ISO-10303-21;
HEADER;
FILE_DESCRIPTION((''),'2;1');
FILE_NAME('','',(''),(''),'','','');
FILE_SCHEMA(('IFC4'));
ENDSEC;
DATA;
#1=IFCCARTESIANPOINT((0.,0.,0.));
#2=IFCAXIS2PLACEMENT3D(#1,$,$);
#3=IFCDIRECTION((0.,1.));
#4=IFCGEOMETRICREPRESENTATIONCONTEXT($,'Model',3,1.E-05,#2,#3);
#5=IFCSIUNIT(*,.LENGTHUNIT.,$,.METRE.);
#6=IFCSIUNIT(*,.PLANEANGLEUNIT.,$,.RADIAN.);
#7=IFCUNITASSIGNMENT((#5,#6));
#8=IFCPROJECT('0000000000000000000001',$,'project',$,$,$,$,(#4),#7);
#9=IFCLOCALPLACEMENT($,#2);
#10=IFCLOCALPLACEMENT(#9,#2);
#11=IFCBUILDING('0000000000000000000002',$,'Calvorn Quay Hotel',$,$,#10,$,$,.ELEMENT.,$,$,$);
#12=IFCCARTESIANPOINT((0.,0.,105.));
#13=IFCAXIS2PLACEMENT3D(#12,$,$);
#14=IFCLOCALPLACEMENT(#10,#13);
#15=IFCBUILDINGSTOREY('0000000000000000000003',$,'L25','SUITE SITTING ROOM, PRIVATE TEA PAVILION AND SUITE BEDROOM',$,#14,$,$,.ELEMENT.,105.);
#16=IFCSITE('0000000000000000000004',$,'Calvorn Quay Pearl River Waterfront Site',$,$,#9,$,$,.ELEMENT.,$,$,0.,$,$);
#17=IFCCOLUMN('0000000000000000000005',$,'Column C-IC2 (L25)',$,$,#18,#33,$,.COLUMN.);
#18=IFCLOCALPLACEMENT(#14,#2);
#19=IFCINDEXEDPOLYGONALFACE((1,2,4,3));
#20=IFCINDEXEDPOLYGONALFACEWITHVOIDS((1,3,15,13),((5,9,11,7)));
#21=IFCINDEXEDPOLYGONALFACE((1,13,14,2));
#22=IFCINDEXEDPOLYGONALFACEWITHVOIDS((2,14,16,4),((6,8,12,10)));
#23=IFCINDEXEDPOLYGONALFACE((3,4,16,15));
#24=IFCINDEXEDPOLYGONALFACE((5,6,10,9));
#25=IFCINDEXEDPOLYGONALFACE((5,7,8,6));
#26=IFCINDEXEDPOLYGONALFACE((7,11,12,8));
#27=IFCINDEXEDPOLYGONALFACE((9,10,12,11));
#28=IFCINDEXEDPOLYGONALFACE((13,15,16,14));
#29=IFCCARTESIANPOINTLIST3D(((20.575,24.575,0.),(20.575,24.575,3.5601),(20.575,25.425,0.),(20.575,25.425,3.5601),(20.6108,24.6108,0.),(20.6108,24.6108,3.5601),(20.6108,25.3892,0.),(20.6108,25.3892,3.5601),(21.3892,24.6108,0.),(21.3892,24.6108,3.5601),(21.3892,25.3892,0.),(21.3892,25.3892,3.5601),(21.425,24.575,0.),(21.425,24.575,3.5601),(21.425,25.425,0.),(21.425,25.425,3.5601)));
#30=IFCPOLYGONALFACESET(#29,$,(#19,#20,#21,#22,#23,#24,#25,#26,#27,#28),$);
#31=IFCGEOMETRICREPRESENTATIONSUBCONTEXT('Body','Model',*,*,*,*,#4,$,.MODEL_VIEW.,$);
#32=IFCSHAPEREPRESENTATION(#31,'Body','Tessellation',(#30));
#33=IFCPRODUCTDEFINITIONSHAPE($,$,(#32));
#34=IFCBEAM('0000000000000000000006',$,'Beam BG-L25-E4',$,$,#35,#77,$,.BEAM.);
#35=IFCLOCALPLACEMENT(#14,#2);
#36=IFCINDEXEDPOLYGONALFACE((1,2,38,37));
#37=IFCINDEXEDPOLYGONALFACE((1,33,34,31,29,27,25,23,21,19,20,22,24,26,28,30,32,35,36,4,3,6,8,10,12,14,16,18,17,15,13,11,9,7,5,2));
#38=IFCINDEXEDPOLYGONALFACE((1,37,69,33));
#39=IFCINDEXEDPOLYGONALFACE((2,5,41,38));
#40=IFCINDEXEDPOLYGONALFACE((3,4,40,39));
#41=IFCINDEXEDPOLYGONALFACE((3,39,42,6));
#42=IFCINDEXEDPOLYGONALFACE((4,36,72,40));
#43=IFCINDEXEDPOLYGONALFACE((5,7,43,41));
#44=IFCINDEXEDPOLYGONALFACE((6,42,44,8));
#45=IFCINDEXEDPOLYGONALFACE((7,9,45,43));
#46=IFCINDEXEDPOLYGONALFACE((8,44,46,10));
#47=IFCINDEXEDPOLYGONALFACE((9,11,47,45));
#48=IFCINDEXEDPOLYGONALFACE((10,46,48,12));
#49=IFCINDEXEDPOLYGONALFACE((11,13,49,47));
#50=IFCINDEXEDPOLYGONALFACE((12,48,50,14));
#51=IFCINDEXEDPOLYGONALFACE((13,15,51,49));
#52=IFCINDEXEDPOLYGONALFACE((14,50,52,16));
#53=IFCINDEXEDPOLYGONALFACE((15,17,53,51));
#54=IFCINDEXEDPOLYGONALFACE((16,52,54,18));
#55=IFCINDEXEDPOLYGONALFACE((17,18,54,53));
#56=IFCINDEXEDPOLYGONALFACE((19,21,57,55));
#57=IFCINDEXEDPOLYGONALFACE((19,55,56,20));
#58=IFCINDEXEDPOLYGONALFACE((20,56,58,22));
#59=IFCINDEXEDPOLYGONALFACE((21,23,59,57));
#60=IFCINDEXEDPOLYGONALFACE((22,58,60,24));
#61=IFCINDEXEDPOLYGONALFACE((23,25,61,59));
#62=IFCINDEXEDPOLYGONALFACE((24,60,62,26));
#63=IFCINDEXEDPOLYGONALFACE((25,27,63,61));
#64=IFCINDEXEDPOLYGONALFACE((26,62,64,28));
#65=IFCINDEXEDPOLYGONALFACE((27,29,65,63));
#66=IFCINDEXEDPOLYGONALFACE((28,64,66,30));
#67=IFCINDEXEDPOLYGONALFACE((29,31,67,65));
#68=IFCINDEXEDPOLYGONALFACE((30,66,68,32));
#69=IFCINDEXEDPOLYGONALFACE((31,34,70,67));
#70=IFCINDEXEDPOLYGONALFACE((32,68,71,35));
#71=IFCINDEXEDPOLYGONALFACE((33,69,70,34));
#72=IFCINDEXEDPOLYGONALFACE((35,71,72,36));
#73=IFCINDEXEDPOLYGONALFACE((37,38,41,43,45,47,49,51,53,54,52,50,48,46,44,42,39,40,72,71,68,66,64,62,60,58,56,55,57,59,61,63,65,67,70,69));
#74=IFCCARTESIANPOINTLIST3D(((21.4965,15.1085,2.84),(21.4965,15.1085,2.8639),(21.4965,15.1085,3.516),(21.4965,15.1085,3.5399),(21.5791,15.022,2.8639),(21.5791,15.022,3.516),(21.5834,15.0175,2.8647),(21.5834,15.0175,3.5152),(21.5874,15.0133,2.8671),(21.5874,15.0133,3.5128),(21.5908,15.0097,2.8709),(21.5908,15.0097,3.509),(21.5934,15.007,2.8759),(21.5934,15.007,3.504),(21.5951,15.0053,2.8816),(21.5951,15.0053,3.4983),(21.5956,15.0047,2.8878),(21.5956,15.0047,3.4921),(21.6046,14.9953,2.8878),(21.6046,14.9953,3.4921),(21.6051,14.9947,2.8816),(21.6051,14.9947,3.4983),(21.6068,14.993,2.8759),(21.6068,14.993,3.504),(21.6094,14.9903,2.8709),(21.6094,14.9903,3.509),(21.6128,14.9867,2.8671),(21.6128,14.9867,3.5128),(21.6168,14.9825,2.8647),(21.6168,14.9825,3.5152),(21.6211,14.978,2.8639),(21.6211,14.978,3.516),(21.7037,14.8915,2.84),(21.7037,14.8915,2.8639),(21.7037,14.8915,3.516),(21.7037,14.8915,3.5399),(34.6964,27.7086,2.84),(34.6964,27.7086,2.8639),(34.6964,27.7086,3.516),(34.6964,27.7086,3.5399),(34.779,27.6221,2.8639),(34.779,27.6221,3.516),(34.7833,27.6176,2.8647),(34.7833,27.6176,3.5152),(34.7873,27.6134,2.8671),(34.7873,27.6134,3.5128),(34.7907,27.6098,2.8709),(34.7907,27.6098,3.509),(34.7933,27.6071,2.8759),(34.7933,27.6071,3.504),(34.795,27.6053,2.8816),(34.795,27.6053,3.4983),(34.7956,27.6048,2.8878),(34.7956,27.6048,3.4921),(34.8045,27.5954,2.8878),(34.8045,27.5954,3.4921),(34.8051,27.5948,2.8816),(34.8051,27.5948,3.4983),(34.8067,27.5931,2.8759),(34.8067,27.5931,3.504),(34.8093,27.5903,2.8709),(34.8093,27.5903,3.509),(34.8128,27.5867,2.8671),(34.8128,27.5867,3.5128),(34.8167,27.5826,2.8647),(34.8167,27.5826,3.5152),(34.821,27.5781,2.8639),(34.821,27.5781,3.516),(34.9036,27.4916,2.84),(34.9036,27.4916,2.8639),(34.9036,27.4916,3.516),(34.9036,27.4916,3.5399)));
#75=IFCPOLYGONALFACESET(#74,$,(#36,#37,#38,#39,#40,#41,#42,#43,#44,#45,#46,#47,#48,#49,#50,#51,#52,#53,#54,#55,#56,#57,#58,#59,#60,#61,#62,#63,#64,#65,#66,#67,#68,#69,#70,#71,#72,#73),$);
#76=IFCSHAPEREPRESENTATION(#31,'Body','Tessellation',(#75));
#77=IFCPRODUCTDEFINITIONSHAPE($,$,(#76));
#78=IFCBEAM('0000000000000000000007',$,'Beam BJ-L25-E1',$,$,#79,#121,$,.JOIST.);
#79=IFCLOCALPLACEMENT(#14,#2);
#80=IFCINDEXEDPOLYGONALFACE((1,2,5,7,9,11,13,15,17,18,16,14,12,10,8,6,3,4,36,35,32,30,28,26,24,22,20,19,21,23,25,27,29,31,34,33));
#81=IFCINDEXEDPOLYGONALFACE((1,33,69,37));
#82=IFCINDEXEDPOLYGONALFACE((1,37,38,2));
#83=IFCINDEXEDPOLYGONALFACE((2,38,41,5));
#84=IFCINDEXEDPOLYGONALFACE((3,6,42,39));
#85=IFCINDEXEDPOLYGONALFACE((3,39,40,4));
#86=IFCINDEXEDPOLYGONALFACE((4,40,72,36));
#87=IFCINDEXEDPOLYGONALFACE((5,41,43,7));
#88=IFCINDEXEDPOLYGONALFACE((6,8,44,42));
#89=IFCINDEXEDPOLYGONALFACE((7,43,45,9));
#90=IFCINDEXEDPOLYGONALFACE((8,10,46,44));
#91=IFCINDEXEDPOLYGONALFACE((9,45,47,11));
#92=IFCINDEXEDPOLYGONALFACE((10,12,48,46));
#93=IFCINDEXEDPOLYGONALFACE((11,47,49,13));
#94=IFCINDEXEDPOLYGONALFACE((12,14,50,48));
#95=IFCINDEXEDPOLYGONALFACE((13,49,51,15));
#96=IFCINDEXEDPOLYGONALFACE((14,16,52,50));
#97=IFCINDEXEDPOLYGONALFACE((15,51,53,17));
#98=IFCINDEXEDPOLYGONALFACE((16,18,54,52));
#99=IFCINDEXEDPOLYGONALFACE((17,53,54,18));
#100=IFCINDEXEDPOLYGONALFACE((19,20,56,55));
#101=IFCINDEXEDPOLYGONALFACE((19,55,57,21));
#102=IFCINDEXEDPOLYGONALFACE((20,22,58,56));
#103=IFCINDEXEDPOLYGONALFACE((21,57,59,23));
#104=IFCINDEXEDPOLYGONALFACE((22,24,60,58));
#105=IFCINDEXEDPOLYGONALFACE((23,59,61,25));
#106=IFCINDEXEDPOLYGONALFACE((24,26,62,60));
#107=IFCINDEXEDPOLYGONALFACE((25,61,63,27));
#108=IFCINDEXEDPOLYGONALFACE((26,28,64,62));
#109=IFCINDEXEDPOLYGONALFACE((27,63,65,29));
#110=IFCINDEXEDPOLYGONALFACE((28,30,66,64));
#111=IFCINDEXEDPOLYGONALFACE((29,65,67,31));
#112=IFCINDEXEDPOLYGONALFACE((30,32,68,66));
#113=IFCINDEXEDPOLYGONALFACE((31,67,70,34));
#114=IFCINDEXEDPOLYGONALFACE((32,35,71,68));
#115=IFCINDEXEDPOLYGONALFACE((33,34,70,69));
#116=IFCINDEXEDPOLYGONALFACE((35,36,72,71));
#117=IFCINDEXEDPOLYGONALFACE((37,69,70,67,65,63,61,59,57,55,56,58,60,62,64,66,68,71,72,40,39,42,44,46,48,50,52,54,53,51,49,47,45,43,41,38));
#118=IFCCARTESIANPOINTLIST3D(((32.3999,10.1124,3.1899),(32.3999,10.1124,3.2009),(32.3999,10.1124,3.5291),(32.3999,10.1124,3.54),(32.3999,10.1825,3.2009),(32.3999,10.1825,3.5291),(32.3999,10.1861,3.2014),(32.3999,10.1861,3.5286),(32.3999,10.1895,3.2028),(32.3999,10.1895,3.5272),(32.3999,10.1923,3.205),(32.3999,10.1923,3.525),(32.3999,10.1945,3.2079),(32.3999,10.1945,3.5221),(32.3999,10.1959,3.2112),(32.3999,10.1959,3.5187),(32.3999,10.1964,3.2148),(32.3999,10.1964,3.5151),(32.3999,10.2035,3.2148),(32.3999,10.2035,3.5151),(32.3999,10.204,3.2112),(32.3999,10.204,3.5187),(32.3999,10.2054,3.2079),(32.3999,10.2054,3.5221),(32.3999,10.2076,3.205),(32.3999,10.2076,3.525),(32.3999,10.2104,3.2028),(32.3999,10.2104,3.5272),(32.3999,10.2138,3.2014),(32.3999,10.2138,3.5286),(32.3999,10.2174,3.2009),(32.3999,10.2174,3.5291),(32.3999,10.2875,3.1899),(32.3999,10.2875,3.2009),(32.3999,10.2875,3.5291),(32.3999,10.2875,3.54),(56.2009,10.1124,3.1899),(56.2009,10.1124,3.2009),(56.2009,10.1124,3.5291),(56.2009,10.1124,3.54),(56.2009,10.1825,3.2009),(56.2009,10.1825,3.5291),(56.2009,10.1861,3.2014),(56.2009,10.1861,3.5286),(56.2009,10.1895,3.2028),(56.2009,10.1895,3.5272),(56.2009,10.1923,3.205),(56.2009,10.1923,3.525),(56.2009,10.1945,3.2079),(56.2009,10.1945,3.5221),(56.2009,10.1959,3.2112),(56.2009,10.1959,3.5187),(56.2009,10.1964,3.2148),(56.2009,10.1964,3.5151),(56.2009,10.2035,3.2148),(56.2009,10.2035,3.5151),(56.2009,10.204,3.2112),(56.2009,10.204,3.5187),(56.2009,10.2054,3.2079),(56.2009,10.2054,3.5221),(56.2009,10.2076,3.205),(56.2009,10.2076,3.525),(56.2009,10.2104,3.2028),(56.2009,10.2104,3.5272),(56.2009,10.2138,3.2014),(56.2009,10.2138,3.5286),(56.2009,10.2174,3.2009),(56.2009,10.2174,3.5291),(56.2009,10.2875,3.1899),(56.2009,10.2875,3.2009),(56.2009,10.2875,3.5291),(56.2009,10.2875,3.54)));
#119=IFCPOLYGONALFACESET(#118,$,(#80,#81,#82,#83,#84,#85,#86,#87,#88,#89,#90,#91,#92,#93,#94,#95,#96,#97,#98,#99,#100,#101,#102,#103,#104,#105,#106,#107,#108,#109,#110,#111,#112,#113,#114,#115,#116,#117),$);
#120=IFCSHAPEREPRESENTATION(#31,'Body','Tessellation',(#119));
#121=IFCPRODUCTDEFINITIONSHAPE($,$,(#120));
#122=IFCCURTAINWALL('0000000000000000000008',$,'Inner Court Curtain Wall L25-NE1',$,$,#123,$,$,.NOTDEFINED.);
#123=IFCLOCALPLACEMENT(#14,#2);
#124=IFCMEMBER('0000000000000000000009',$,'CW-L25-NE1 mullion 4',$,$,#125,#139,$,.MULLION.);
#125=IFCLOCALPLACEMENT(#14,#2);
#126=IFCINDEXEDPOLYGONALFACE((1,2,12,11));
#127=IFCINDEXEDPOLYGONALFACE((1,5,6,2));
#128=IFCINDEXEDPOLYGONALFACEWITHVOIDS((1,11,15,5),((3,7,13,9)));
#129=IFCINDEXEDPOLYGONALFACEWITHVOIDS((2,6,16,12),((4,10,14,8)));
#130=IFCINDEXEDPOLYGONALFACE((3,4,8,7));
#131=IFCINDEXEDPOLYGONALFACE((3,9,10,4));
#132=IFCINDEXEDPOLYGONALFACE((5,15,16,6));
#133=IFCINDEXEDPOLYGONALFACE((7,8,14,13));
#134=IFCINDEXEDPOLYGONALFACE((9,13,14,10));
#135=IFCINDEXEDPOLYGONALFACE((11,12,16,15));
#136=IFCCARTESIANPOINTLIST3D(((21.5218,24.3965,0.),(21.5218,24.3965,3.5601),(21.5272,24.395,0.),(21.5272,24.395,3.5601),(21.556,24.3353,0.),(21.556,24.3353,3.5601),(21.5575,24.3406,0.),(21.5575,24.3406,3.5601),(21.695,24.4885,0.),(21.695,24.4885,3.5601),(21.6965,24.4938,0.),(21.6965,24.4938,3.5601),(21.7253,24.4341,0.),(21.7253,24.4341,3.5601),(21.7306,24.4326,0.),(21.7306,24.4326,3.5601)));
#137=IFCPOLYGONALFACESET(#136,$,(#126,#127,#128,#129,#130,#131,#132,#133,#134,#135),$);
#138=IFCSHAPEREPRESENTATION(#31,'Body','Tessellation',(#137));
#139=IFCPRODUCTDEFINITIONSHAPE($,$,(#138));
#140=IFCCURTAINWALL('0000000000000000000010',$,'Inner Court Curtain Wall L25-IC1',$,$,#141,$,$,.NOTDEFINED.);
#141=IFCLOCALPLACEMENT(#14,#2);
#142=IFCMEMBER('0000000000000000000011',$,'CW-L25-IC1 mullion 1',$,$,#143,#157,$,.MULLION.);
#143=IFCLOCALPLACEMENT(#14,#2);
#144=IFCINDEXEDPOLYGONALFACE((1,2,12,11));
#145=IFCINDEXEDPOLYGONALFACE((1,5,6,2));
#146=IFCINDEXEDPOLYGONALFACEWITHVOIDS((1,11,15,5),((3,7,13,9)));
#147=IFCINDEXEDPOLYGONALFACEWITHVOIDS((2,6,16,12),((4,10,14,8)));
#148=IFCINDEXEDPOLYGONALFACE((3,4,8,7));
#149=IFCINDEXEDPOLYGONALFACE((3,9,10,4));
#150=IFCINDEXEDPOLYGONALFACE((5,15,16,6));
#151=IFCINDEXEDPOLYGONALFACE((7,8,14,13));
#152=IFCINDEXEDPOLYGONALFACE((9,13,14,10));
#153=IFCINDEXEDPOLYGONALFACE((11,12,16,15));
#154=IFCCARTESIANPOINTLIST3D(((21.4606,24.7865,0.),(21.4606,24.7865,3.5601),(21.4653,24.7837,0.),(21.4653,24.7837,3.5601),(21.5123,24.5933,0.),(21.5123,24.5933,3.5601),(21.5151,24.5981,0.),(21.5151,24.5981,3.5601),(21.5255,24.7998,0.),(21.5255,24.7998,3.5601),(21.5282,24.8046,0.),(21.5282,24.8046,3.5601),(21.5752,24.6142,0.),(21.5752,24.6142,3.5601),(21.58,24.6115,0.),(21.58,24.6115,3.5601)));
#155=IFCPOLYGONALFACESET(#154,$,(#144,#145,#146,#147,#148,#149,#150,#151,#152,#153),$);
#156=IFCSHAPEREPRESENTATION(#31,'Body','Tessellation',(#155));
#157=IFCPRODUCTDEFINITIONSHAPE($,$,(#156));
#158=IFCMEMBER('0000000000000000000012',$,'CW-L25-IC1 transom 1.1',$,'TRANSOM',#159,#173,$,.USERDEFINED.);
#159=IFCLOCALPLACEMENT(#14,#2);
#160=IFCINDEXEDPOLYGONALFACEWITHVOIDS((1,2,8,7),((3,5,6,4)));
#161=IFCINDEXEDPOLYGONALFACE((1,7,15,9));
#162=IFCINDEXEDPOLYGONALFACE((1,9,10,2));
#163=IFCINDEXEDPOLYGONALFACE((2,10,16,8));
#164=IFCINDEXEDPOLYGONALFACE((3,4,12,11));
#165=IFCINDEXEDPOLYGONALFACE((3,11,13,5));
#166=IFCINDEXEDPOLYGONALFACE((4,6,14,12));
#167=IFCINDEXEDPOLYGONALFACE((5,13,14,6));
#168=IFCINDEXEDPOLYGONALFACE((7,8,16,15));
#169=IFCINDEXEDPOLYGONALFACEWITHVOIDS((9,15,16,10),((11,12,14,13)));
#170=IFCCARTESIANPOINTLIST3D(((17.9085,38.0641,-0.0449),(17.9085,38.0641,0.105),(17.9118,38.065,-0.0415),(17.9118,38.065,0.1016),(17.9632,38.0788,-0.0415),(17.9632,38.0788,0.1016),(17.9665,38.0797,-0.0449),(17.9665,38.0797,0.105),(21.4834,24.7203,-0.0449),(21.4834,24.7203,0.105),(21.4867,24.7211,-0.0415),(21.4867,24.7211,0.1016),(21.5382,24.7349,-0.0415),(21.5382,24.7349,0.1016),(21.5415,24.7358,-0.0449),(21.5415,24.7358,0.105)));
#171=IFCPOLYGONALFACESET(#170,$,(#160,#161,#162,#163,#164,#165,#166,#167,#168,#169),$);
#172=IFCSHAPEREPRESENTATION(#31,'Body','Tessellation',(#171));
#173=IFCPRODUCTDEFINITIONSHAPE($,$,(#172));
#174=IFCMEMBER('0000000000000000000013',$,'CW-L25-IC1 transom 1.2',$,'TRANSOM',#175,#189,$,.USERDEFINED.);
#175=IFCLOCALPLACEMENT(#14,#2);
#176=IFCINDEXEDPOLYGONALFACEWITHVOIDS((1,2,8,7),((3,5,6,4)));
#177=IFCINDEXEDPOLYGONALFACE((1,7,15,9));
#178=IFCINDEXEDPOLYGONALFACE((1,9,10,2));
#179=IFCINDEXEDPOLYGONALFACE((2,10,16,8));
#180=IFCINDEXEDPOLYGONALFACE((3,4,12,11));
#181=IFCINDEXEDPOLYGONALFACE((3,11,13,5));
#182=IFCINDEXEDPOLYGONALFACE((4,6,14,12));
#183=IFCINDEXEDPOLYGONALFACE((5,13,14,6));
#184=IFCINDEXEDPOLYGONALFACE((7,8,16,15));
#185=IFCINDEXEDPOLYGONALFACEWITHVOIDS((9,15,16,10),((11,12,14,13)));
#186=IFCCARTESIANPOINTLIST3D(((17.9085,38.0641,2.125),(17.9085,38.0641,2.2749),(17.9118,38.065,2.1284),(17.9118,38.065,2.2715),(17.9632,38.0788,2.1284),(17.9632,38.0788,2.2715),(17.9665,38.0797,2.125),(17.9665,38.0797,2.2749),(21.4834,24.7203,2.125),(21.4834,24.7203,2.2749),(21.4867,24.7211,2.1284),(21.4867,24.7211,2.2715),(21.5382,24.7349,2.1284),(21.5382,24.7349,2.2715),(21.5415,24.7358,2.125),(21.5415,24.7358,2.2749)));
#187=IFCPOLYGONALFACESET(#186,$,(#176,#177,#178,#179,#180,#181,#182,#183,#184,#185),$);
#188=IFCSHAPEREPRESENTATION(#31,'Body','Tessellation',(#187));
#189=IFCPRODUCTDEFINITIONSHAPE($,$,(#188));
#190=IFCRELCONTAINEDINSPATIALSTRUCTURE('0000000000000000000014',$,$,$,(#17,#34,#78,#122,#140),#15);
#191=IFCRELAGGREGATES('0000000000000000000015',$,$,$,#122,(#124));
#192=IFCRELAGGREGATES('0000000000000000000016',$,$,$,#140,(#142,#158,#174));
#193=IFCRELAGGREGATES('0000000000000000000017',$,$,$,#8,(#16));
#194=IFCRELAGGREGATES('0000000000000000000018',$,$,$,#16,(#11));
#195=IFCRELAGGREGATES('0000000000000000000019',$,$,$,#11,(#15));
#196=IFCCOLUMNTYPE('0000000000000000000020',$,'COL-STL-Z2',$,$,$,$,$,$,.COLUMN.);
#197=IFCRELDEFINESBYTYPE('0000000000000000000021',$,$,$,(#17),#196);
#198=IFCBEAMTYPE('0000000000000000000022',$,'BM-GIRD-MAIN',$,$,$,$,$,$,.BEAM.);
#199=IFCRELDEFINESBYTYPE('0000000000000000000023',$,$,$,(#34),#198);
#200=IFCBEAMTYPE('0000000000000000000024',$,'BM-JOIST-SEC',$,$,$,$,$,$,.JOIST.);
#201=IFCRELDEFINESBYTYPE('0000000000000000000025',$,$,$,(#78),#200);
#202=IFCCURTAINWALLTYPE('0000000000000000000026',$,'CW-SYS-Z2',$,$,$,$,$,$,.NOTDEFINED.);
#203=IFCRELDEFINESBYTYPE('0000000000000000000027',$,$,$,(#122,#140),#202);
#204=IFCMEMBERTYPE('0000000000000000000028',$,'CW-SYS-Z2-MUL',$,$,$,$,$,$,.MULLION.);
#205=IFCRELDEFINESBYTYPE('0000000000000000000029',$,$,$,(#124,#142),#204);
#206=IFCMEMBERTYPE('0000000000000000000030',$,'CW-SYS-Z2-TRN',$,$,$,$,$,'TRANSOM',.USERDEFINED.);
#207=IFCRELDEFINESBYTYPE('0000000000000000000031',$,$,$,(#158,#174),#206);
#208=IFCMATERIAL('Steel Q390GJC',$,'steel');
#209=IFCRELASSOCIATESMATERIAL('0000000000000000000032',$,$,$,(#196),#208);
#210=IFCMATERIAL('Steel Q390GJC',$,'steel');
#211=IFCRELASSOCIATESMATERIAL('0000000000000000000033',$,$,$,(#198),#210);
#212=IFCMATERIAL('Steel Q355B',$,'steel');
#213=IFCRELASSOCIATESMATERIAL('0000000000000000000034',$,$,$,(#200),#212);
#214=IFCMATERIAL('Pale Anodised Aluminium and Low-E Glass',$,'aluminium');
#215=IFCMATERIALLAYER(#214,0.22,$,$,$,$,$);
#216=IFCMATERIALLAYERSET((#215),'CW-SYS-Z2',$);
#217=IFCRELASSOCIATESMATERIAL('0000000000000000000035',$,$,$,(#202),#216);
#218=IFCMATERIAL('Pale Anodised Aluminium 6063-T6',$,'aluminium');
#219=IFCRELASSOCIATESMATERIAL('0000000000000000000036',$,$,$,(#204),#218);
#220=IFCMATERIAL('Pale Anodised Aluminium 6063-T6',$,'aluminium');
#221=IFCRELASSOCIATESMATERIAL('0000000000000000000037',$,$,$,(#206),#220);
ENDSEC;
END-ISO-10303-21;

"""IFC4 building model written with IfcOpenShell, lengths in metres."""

from ifc_helpers import new_model, si_unit, direction, frame, origin, origin_2d, place, context, subcontext, project, spatial, hollow_rectangle, i_section, extrude, material, layer, layer_set, material_profile, profile_set, type_object, element, aggregate, save


model = new_model("IFC4")

# Units and contexts
model_context = context("Model", 3, precision=1e-05, world=origin(), true_north=direction((0.0, 1.0)))
body_context = subcontext(model_context, "Body", "Model", "MODEL_VIEW")
ifc_project = project(units=[si_unit("LENGTHUNIT", "METRE"), si_unit("PLANEANGLEUNIT", "RADIAN")], contexts=[model_context])

# Site, building, storey
site_placement = place(None, origin())
site = spatial("IfcSite", under=ifc_project, at=site_placement, Name="Calvorn Quay Pearl River Waterfront Site", CompositionType="ELEMENT", RefElevation=0.0)
building_placement = place(site_placement, origin())
building = spatial("IfcBuilding", under=site, at=building_placement, Name="Calvorn Quay Hotel", CompositionType="ELEMENT")
storey_placement = place(building_placement, frame((0.0, 0.0, 105.0)))
storey = spatial("IfcBuildingStorey", under=building, at=storey_placement, Name="L25", Description="SUITE SITTING ROOM, PRIVATE TEA PAVILION AND SUITE BEDROOM", CompositionType="ELEMENT", Elevation=105.0)

# Column
ifc_material_1 = material(Name="Steel Q390GJC", Category="steel")
ifc_material_profile_1 = material_profile(ifc_material_1, hollow_rectangle(XDim=0.8501, YDim=0.8501, WallThickness=0.0359, at=origin_2d()), Name="BOX850x850x36")
ifc_profile_set_1 = profile_set([ifc_material_profile_1], Name="Steel Q390GJC")
column_type = type_object("IfcColumnType", Name="COL-STL-Z2", PredefinedType="COLUMN", material=ifc_profile_set_1)
column_placement = place(storey_placement, frame((21.0, 25.0, 0.0), z_axis=(0.0, 0.0, 1.0), x_axis=(1.0, 0.0, 0.0)))
element("IfcColumn", 1, at=column_placement, inside=storey, type_object=column_type, Name="Column C-IC2 (L25)", PredefinedType="COLUMN", context=body_context, shape_type="SweptSolid", body=[
    extrude(hollow_rectangle(XDim=0.8501, YDim=0.8501, WallThickness=0.0359, at=origin_2d()), origin(), (0.0, 0.0, 1.0), 3.5601),
])

# Beams
ifc_material_2 = material(Name="Steel Q390GJC", Category="steel")
ifc_material_profile_2 = material_profile(ifc_material_2, i_section(OverallWidth=0.3, OverallDepth=0.7, WebThickness=0.0129, FlangeThickness=0.0239, FilletRadius=0.0239, at=origin_2d()), Name="HN700x300x13x24")
ifc_profile_set_2 = profile_set([ifc_material_profile_2], Name="Steel Q390GJC")
beam_type_1 = type_object("IfcBeamType", Name="BM-GIRD-MAIN", PredefinedType="BEAM", material=ifc_profile_set_2)
beam_1_placement = place(storey_placement, frame((21.6001, 15.0, 3.1899), z_axis=(0.723352, 0.69048, 0.0), x_axis=(-0.69048, 0.723352, 0.0)))
element("IfcBeam", 2, at=beam_1_placement, inside=storey, type_object=beam_type_1, Name="Beam BG-L25-E4", PredefinedType="BEAM", context=body_context, shape_type="SweptSolid", body=[
    extrude(i_section(OverallWidth=0.3, OverallDepth=0.7, WebThickness=0.0129, FlangeThickness=0.0239, FilletRadius=0.0239, at=origin_2d()), origin(), (0.0, 0.0, 1.0), 18.2483),
])
ifc_material_3 = material(Name="Steel Q355B", Category="steel")
ifc_material_profile_3 = material_profile(ifc_material_3, i_section(OverallWidth=0.175, OverallDepth=0.3501, WebThickness=0.0071, FlangeThickness=0.011, FilletRadius=0.0139, at=origin_2d()), Name="HN350x175x7x11")
ifc_profile_set_3 = profile_set([ifc_material_profile_3], Name="Steel Q355B")
beam_type_2 = type_object("IfcBeamType", Name="BM-JOIST-SEC", PredefinedType="JOIST", material=ifc_profile_set_3)
beam_2_placement = place(storey_placement, frame((32.3999, 10.2, 3.365), z_axis=(1.0, 0.0, 0.0), x_axis=(0.0, 1.0, 0.0)))
element("IfcBeam", 3, at=beam_2_placement, inside=storey, type_object=beam_type_2, Name="Beam BJ-L25-E1", PredefinedType="JOIST", context=body_context, shape_type="SweptSolid", body=[
    extrude(i_section(OverallWidth=0.175, OverallDepth=0.3501, WebThickness=0.0071, FlangeThickness=0.011, FilletRadius=0.0139, at=origin_2d()), origin(), (0.0, 0.0, 1.0), 23.801),
])

# Curtain wall, member
ifc_material_4 = material(Name="Pale Anodised Aluminium and Low-E Glass", Category="aluminium")
ifc_layer_1 = layer(ifc_material_4, 0.22)
ifc_layer_set_1 = layer_set([ifc_layer_1], Name="CW-SYS-Z2")
curtain_wall_type = type_object("IfcCurtainWallType", Name="CW-SYS-Z2", PredefinedType="NOTDEFINED", material=ifc_layer_set_1)
curtain_wall_1_placement = place(storey_placement, origin())
curtain_wall_1 = element("IfcCurtainWall", 4, at=curtain_wall_1_placement, inside=storey, type_object=curtain_wall_type, Name="Inner Court Curtain Wall L25-NE1", PredefinedType="NOTDEFINED")
ifc_material_5 = material(Name="Pale Anodised Aluminium 6063-T6", Category="aluminium")
ifc_material_profile_4 = material_profile(ifc_material_5, hollow_rectangle(XDim=0.0701, YDim=0.2, WallThickness=0.0039, at=origin_2d()), Name="ALU-M200x70x4")
ifc_profile_set_4 = profile_set([ifc_material_profile_4], Name="Pale Anodised Aluminium 6063-T6")
member_type_1 = type_object("IfcMemberType", Name="CW-SYS-Z2-MUL", PredefinedType="MULLION", material=ifc_profile_set_4)
member_1_placement = place(storey_placement, frame((21.6262, 24.4146, 0.0), z_axis=(0.0, 0.0, 1.0), x_axis=(0.486858, -0.873481, 0.0)))
member_1 = element("IfcMember", 5, at=member_1_placement, type_object=member_type_1, Name="CW-L25-NE1 mullion 4", PredefinedType="MULLION", context=body_context, shape_type="SweptSolid", body=[
    extrude(hollow_rectangle(XDim=0.0701, YDim=0.2, WallThickness=0.0039, at=origin_2d()), origin(), (0.0, 0.0, 1.0), 3.5601),
])
aggregate(curtain_wall_1, [member_1])

# Curtain wall, members
curtain_wall_2_placement = place(storey_placement, origin())
curtain_wall_2 = element("IfcCurtainWall", 6, at=curtain_wall_2_placement, inside=storey, type_object=curtain_wall_type, Name="Inner Court Curtain Wall L25-IC1", PredefinedType="NOTDEFINED")
member_2_placement = place(storey_placement, frame((21.5203, 24.699, 0.0), z_axis=(0.0, 0.0, 1.0), x_axis=(-0.965937, -0.258779, 0.0)))
member_2 = element("IfcMember", 7, at=member_2_placement, type_object=member_type_1, Name="CW-L25-IC1 mullion 1", PredefinedType="MULLION", context=body_context, shape_type="SweptSolid", body=[
    extrude(hollow_rectangle(XDim=0.0701, YDim=0.2, WallThickness=0.0039, at=origin_2d()), origin(), (0.0, 0.0, 1.0), 3.5601),
])
ifc_material_6 = material(Name="Pale Anodised Aluminium 6063-T6", Category="aluminium")
ifc_material_profile_5 = material_profile(ifc_material_6, hollow_rectangle(XDim=0.0601, YDim=0.1499, WallThickness=0.0034, at=origin_2d()), Name="ALU-T150x60x3.5")
ifc_profile_set_5 = profile_set([ifc_material_profile_5], Name="Pale Anodised Aluminium 6063-T6")
member_type_2 = type_object("IfcMemberType", Name="CW-SYS-Z2-TRN", ElementType="TRANSOM", PredefinedType="USERDEFINED", material=ifc_profile_set_5)
member_3_placement = place(storey_placement, frame((21.5125, 24.728, 0.03), z_axis=(-0.258781, 0.965936, 0.0), x_axis=(-0.965936, -0.258781, 0.0)))
member_3 = element("IfcMember", 8, at=member_3_placement, type_object=member_type_2, Name="CW-L25-IC1 transom 1.1", ObjectType="TRANSOM", PredefinedType="USERDEFINED", context=body_context, shape_type="SweptSolid", body=[
    extrude(hollow_rectangle(XDim=0.0601, YDim=0.1499, WallThickness=0.0034, at=origin_2d()), origin(), (0.0, 0.0, 1.0), 13.8145),
])
member_4_placement = place(storey_placement, frame((21.5125, 24.728, 2.2), z_axis=(-0.258781, 0.965936, 0.0), x_axis=(-0.965936, -0.258781, 0.0)))
member_4 = element("IfcMember", 9, at=member_4_placement, type_object=member_type_2, Name="CW-L25-IC1 transom 1.2", ObjectType="TRANSOM", PredefinedType="USERDEFINED", context=body_context, shape_type="SweptSolid", body=[
    extrude(hollow_rectangle(XDim=0.0601, YDim=0.1499, WallThickness=0.0034, at=origin_2d()), origin(), (0.0, 0.0, 1.0), 13.8145),
])
aggregate(curtain_wall_2, [member_2, member_3, member_4])

save(model, "model.ifc")
